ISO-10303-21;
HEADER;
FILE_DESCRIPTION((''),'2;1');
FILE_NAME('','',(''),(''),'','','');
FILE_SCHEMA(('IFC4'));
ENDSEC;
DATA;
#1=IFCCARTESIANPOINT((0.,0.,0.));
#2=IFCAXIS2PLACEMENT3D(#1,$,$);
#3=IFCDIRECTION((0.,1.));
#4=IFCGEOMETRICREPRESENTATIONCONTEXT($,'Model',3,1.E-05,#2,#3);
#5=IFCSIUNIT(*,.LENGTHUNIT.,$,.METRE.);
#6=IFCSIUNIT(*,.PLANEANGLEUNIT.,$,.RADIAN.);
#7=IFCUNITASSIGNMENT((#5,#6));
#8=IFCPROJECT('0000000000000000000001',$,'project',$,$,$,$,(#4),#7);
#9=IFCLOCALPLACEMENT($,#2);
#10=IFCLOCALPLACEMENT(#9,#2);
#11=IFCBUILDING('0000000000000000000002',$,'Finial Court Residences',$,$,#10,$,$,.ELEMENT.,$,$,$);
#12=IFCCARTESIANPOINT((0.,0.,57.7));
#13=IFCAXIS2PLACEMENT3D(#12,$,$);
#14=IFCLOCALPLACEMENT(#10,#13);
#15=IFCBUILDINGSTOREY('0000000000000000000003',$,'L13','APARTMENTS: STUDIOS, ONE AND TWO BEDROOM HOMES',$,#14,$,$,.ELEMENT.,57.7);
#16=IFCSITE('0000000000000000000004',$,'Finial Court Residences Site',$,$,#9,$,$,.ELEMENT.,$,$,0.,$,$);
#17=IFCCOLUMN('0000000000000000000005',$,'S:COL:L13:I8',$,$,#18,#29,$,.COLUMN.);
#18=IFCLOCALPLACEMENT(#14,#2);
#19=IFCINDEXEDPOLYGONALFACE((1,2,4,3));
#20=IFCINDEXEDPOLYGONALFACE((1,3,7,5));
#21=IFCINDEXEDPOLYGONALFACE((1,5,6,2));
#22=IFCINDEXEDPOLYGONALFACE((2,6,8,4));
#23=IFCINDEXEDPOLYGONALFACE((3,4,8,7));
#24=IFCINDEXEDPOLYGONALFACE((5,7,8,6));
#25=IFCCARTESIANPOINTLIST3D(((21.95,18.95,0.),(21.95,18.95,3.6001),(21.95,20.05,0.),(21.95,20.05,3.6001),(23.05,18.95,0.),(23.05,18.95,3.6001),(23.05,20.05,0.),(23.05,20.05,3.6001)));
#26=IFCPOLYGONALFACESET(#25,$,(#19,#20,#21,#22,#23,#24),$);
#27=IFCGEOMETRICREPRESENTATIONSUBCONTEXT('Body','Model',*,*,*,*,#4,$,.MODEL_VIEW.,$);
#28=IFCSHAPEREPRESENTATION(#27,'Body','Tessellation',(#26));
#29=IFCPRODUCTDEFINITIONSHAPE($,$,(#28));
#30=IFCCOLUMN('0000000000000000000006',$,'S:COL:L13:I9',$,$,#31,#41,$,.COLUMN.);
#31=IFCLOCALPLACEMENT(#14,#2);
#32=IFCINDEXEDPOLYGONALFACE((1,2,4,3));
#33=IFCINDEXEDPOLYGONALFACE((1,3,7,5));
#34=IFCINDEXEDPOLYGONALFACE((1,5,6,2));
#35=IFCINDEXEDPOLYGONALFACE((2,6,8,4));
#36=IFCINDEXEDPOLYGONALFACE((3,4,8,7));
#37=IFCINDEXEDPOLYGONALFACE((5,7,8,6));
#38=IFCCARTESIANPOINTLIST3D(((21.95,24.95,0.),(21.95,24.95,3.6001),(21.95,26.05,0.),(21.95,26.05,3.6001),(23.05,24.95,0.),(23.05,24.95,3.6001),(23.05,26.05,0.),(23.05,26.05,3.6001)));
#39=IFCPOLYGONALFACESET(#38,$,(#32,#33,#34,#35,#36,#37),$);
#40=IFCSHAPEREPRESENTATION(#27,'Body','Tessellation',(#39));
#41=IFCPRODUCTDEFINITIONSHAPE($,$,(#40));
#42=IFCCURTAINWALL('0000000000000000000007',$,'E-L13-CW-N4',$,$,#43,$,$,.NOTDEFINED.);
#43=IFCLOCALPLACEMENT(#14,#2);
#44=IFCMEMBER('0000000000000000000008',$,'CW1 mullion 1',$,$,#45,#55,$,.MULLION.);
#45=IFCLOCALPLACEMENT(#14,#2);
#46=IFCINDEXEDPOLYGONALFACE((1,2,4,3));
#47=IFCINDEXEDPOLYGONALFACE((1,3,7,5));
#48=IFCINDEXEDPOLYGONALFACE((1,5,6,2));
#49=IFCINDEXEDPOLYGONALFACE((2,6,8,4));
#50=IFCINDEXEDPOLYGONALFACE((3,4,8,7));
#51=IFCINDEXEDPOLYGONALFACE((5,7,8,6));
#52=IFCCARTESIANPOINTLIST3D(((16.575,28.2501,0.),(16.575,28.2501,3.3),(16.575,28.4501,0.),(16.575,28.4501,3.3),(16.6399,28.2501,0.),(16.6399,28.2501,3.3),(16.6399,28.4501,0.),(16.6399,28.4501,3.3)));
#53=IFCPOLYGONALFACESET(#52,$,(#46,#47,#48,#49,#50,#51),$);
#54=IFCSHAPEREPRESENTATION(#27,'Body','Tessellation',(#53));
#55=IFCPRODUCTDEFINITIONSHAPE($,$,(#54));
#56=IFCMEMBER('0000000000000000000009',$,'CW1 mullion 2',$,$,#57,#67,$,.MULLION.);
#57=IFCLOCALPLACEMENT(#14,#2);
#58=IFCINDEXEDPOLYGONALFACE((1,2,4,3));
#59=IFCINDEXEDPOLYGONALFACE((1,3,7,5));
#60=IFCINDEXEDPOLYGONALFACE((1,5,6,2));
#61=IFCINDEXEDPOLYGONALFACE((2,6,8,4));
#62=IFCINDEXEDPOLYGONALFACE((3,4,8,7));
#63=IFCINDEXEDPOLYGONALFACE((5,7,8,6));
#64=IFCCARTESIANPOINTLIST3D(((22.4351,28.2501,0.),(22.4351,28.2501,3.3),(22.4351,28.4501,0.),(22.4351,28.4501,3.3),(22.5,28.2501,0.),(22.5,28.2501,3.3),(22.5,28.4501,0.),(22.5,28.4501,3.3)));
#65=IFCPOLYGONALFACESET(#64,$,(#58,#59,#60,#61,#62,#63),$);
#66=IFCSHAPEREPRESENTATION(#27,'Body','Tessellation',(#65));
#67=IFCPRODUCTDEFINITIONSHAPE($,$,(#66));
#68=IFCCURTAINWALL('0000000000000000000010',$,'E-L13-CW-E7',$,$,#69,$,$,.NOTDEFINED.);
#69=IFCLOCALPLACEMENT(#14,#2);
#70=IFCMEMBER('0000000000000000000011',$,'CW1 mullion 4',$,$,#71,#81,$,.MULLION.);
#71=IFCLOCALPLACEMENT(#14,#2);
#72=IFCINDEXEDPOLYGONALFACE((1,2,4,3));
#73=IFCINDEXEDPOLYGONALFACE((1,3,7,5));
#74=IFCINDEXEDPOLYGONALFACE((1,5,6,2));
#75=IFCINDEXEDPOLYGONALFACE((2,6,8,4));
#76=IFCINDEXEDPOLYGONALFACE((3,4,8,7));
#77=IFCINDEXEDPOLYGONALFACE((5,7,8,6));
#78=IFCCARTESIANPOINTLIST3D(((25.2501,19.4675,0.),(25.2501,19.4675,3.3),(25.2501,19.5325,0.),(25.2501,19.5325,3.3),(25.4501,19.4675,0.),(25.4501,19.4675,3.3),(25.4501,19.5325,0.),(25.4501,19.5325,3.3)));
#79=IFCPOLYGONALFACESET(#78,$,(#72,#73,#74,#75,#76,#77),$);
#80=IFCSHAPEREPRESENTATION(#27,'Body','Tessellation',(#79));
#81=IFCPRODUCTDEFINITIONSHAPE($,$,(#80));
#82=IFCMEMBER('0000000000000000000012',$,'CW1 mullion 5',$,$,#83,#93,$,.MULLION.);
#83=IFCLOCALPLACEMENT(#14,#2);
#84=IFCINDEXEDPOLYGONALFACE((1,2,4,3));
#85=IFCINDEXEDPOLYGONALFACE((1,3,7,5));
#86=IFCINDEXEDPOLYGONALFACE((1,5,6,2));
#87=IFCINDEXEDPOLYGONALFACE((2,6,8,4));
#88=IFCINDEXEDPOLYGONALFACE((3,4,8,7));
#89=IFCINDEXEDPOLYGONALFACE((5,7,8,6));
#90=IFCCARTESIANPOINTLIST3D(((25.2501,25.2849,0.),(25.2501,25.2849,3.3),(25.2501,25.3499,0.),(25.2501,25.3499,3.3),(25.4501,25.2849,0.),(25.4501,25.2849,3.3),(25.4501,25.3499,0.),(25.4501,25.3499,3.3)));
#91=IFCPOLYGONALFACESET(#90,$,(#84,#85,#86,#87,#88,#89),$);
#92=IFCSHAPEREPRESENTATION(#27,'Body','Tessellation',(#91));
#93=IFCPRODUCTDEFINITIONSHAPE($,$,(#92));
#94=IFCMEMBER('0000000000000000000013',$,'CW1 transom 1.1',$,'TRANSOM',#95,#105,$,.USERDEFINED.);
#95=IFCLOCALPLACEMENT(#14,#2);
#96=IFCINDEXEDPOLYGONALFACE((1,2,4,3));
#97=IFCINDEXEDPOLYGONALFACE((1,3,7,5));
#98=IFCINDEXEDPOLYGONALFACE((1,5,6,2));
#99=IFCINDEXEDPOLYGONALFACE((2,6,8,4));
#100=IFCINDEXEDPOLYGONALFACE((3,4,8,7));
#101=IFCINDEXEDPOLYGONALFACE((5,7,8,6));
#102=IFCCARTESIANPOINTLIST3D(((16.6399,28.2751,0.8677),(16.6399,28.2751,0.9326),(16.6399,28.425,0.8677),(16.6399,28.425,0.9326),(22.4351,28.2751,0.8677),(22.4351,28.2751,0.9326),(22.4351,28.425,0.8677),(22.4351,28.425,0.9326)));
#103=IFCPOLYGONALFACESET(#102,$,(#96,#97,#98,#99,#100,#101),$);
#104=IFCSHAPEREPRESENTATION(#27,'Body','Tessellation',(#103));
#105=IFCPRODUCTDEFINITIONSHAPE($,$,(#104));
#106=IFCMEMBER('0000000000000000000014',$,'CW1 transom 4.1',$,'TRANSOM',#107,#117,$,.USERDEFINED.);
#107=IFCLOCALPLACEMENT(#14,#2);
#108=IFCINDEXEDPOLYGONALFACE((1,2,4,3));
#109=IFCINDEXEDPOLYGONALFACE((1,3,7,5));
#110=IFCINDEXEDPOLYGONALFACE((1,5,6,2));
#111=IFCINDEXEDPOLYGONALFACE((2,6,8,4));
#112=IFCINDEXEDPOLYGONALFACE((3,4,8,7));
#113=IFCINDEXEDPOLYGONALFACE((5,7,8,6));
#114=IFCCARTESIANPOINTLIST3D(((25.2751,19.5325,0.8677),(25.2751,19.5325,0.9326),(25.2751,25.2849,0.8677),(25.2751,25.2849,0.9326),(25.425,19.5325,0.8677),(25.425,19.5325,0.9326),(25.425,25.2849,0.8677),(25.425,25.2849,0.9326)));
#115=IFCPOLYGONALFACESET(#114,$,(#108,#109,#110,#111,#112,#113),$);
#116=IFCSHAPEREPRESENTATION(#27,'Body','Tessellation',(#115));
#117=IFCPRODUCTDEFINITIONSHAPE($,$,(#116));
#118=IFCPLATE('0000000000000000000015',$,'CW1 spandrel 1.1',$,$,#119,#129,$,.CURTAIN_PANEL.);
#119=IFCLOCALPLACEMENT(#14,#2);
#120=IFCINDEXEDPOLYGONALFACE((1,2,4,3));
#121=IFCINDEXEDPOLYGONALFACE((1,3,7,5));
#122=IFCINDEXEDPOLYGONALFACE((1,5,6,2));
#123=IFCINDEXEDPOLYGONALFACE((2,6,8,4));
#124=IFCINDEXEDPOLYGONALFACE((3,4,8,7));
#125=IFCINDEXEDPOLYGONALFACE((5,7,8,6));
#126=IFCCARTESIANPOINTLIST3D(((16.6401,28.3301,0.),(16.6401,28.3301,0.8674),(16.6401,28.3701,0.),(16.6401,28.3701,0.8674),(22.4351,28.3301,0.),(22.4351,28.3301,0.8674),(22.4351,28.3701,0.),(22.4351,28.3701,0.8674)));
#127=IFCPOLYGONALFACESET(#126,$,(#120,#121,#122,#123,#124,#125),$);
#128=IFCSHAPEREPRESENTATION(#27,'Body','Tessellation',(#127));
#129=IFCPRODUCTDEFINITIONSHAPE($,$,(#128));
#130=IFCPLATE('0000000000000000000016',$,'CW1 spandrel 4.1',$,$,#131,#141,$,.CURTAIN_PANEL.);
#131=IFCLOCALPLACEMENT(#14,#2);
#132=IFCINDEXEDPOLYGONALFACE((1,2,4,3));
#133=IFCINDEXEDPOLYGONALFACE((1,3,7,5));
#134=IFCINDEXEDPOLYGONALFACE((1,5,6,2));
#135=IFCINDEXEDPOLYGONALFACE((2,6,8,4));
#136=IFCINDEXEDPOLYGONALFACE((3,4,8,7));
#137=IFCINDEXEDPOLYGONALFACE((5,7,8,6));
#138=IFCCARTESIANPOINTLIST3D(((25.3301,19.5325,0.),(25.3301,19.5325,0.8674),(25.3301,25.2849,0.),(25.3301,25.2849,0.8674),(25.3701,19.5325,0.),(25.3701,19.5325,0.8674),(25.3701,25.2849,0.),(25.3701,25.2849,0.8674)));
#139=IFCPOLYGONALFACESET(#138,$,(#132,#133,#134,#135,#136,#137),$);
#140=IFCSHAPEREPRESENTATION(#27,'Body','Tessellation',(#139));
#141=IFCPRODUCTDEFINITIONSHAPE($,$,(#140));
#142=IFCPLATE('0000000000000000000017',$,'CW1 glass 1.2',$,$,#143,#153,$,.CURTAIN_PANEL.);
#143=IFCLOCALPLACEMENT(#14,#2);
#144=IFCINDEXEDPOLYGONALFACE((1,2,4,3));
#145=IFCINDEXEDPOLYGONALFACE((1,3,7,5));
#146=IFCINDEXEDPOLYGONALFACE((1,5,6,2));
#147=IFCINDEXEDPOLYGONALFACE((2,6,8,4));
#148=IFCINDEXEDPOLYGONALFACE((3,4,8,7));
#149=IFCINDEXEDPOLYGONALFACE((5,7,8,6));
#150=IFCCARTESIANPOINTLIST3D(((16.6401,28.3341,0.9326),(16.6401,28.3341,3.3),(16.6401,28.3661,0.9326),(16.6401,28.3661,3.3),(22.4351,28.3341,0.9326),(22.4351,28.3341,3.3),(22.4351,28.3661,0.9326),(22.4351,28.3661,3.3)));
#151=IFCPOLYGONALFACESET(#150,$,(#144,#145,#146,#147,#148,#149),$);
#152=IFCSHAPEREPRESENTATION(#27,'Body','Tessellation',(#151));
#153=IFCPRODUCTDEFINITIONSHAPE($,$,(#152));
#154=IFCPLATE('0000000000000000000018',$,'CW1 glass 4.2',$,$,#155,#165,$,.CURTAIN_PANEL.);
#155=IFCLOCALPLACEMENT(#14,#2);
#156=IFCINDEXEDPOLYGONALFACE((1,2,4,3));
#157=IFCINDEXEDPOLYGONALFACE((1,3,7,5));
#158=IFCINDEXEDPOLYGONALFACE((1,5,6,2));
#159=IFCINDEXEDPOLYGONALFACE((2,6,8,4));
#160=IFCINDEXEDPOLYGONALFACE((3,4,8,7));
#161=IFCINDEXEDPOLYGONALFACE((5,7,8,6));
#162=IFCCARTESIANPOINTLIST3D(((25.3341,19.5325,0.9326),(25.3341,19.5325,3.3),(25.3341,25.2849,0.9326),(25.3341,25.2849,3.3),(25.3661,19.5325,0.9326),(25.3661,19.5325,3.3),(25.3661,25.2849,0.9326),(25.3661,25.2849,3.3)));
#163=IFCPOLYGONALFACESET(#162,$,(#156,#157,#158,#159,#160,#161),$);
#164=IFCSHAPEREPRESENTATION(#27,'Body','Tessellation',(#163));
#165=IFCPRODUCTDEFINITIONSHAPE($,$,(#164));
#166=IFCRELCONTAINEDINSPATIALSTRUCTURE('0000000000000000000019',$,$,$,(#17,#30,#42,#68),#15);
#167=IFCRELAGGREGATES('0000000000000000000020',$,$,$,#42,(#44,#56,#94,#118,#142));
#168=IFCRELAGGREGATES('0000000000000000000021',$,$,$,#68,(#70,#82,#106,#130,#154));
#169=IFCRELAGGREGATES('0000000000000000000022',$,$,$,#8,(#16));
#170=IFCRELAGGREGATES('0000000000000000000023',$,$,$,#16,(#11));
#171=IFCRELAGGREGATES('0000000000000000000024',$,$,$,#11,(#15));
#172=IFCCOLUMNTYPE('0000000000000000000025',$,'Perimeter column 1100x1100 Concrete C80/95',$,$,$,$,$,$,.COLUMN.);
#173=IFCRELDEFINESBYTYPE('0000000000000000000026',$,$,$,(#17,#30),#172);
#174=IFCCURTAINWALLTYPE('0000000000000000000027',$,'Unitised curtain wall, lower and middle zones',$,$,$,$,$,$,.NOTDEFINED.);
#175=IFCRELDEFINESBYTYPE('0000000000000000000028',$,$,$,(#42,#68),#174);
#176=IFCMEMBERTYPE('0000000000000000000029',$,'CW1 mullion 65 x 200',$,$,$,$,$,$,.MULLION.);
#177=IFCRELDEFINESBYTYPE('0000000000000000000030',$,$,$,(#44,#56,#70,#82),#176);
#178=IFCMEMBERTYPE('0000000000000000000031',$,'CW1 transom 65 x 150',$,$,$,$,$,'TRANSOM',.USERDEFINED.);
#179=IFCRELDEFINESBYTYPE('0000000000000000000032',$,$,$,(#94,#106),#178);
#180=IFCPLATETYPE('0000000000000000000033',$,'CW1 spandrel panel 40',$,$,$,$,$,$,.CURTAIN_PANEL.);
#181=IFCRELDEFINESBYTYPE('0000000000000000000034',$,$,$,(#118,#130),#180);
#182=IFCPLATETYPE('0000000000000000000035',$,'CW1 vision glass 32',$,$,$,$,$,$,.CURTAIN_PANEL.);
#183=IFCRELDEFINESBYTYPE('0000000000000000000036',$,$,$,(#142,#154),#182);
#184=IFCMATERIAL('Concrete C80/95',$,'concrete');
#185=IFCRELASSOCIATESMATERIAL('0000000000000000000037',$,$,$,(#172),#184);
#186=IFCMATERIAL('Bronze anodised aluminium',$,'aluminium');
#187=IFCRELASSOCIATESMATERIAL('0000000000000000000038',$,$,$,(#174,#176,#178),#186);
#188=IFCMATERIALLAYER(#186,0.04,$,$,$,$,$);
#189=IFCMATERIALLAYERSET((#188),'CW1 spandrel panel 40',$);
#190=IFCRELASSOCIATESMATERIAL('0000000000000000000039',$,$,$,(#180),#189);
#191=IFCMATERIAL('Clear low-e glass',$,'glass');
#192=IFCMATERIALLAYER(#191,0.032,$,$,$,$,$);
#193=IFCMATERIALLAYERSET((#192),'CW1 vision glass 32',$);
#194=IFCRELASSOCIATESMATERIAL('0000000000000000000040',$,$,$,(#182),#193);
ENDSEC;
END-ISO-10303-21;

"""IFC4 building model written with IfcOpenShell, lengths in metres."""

from ifc_helpers import new_model, si_unit, direction, frame, origin, origin_2d, place, context, subcontext, project, spatial, rectangle, extrude, material, layer, layer_set, material_profile, profile_set, type_object, element, aggregate, save


model = new_model("IFC4")

# Units and contexts
model_context = context("Model", 3, precision=1e-05, world=origin(), true_north=direction((0.0, 1.0)))
body_context = subcontext(model_context, "Body", "Model", "MODEL_VIEW")
ifc_project = project(units=[si_unit("LENGTHUNIT", "METRE"), si_unit("PLANEANGLEUNIT", "RADIAN")], contexts=[model_context])

# Site, building, storey
site_placement = place(None, origin())
site = spatial("IfcSite", under=ifc_project, at=site_placement, Name="Finial Court Residences Site", CompositionType="ELEMENT", RefElevation=0.0)
building_placement = place(site_placement, origin())
building = spatial("IfcBuilding", under=site, at=building_placement, Name="Finial Court Residences", CompositionType="ELEMENT")
storey_placement = place(building_placement, frame((0.0, 0.0, 57.7)))
storey = spatial("IfcBuildingStorey", under=building, at=storey_placement, Name="L13", Description="APARTMENTS: STUDIOS, ONE AND TWO BEDROOM HOMES", CompositionType="ELEMENT", Elevation=57.7)

# Columns
ifc_material_1 = material(Name="Concrete C80/95", Category="concrete")
ifc_material_profile_1 = material_profile(ifc_material_1, rectangle(XDim=1.1001, YDim=1.1001, at=origin_2d()), Name="1100x1100")
ifc_profile_set_1 = profile_set([ifc_material_profile_1], Name="Concrete C80/95")
column_type = type_object("IfcColumnType", Name="Perimeter column 1100x1100 Concrete C80/95", PredefinedType="COLUMN", material=ifc_profile_set_1)
for number, where, z_axis, x_axis, name in (
    (1, (22.5, 19.5, 0.0), (0.0, 0.0, 1.0), (1.0, 0.0, 0.0), "S:COL:L13:I8"),
    (2, (22.5, 25.5, 0.0), (0.0, 0.0, 1.0), (1.0, 0.0, 0.0), "S:COL:L13:I9"),
):
    element("IfcColumn", number, at=place(storey_placement, frame(where, z_axis=z_axis, x_axis=x_axis)), inside=storey, type_object=column_type, Name=name, PredefinedType="COLUMN", context=body_context, shape_type="SweptSolid", body=[
        extrude(rectangle(XDim=1.1001, YDim=1.1001, at=origin_2d()), origin(), (0.0, 0.0, 1.0), 3.6001),
    ])

# Curtain walls, members
ifc_material_2 = material(Name="Bronze anodised aluminium", Category="aluminium")
curtain_wall_type = type_object("IfcCurtainWallType", Name="Unitised curtain wall, lower and middle zones", PredefinedType="NOTDEFINED", material=ifc_material_2)
curtain_wall_1_placement = place(storey_placement, origin())
curtain_wall_1 = element("IfcCurtainWall", 3, at=curtain_wall_1_placement, inside=storey, type_object=curtain_wall_type, Name="E-L13-CW-N4", PredefinedType="NOTDEFINED")
ifc_material_profile_2 = material_profile(ifc_material_2, rectangle(XDim=0.2, YDim=0.0649, at=origin_2d()), Name="CW1 mullion 65 x 200")
ifc_profile_set_2 = profile_set([ifc_material_profile_2], Name="Bronze anodised aluminium")
member_type_1 = type_object("IfcMemberType", Name="CW1 mullion 65 x 200", PredefinedType="MULLION", material=ifc_profile_set_2)
member_1_placement = place(storey_placement, frame((16.6074, 28.3501, 0.0), z_axis=(0.0, 0.0, 1.0), x_axis=(0.0, 1.0, 0.0)))
member_1 = element("IfcMember", 4, at=member_1_placement, type_object=member_type_1, Name="CW1 mullion 1", PredefinedType="MULLION", context=body_context, shape_type="SweptSolid", body=[
    extrude(rectangle(XDim=0.2, YDim=0.0649, at=origin_2d()), origin(), (0.0, 0.0, 1.0), 3.3),
])
member_2_placement = place(storey_placement, frame((22.4675, 28.3501, 0.0), z_axis=(0.0, 0.0, 1.0), x_axis=(0.0, 1.0, 0.0)))
member_2 = element("IfcMember", 5, at=member_2_placement, type_object=member_type_1, Name="CW1 mullion 2", PredefinedType="MULLION", context=body_context, shape_type="SweptSolid", body=[
    extrude(rectangle(XDim=0.2, YDim=0.0649, at=origin_2d()), origin(), (0.0, 0.0, 1.0), 3.3),
])
curtain_wall_2_placement = place(storey_placement, origin())
curtain_wall_2 = element("IfcCurtainWall", 6, at=curtain_wall_2_placement, inside=storey, type_object=curtain_wall_type, Name="E-L13-CW-E7", PredefinedType="NOTDEFINED")
member_3_placement = place(storey_placement, frame((25.3501, 19.5, 0.0), z_axis=(0.0, 0.0, 1.0), x_axis=(-1.0, 0.0, 0.0)))
member_3 = element("IfcMember", 7, at=member_3_placement, type_object=member_type_1, Name="CW1 mullion 4", PredefinedType="MULLION", context=body_context, shape_type="SweptSolid", body=[
    extrude(rectangle(XDim=0.2, YDim=0.0649, at=origin_2d()), origin(), (0.0, 0.0, 1.0), 3.3),
])
member_4_placement = place(storey_placement, frame((25.3501, 25.3174, 0.0), z_axis=(0.0, 0.0, 1.0), x_axis=(-1.0, 0.0, 0.0)))
member_4 = element("IfcMember", 8, at=member_4_placement, type_object=member_type_1, Name="CW1 mullion 5", PredefinedType="MULLION", context=body_context, shape_type="SweptSolid", body=[
    extrude(rectangle(XDim=0.2, YDim=0.0649, at=origin_2d()), origin(), (0.0, 0.0, 1.0), 3.3),
])

# Members
ifc_material_profile_3 = material_profile(ifc_material_2, rectangle(XDim=0.1499, YDim=0.0649, at=origin_2d()), Name="CW1 transom 65 x 150")
ifc_profile_set_3 = profile_set([ifc_material_profile_3], Name="Bronze anodised aluminium")
member_type_2 = type_object("IfcMemberType", Name="CW1 transom 65 x 150", ElementType="TRANSOM", PredefinedType="USERDEFINED", material=ifc_profile_set_3)
member_5_placement = place(storey_placement, frame((16.6399, 28.3501, 0.9001), z_axis=(1.0, 0.0, 0.0), x_axis=(0.0, 1.0, 0.0)))
member_5 = element("IfcMember", 9, at=member_5_placement, type_object=member_type_2, Name="CW1 transom 1.1", ObjectType="TRANSOM", PredefinedType="USERDEFINED", context=body_context, shape_type="SweptSolid", body=[
    extrude(rectangle(XDim=0.1499, YDim=0.0649, at=origin_2d()), origin(), (0.0, 0.0, 1.0), 5.7952),
])
member_6_placement = place(storey_placement, frame((25.3501, 19.5325, 0.9001), z_axis=(0.0, 1.0, 0.0), x_axis=(-1.0, 0.0, 0.0)))
member_6 = element("IfcMember", 10, at=member_6_placement, type_object=member_type_2, Name="CW1 transom 4.1", ObjectType="TRANSOM", PredefinedType="USERDEFINED", context=body_context, shape_type="SweptSolid", body=[
    extrude(rectangle(XDim=0.1499, YDim=0.0649, at=origin_2d()), origin(), (0.0, 0.0, 1.0), 5.7524),
])

# Plates
ifc_layer_1 = layer(ifc_material_2, 0.04)
ifc_layer_set_1 = layer_set([ifc_layer_1], Name="CW1 spandrel panel 40")
plate_type_1 = type_object("IfcPlateType", Name="CW1 spandrel panel 40", PredefinedType="CURTAIN_PANEL", material=ifc_layer_set_1)
plate_1_placement = place(storey_placement, frame((19.5376, 28.3501, 0.0), z_axis=(0.0, 0.0, 1.0), x_axis=(1.0, 0.0, 0.0)))
plate_1 = element("IfcPlate", 11, at=plate_1_placement, type_object=plate_type_1, Name="CW1 spandrel 1.1", PredefinedType="CURTAIN_PANEL", context=body_context, shape_type="SweptSolid", body=[
    extrude(rectangle(XDim=5.7949, YDim=0.04, at=origin_2d()), origin(), (0.0, 0.0, 1.0), 0.8674),
])
plate_2_placement = place(storey_placement, frame((25.3501, 22.4087, 0.0), z_axis=(0.0, 0.0, 1.0), x_axis=(0.0, 1.0, 0.0)))
plate_2 = element("IfcPlate", 12, at=plate_2_placement, type_object=plate_type_1, Name="CW1 spandrel 4.1", PredefinedType="CURTAIN_PANEL", context=body_context, shape_type="SweptSolid", body=[
    extrude(rectangle(XDim=5.7524, YDim=0.04, at=origin_2d()), origin(), (0.0, 0.0, 1.0), 0.8674),
])
ifc_material_3 = material(Name="Clear low-e glass", Category="glass")
ifc_layer_2 = layer(ifc_material_3, 0.032)
ifc_layer_set_2 = layer_set([ifc_layer_2], Name="CW1 vision glass 32")
plate_type_2 = type_object("IfcPlateType", Name="CW1 vision glass 32", PredefinedType="CURTAIN_PANEL", material=ifc_layer_set_2)
plate_3_placement = place(storey_placement, frame((19.5376, 28.3501, 0.9326), z_axis=(0.0, 0.0, 1.0), x_axis=(1.0, 0.0, 0.0)))
plate_3 = element("IfcPlate", 13, at=plate_3_placement, type_object=plate_type_2, Name="CW1 glass 1.2", PredefinedType="CURTAIN_PANEL", context=body_context, shape_type="SweptSolid", body=[
    extrude(rectangle(XDim=5.7949, YDim=0.032, at=origin_2d()), origin(), (0.0, 0.0, 1.0), 2.3674),
])
aggregate(curtain_wall_1, [member_1, member_2, member_5, plate_1, plate_3])
plate_4_placement = place(storey_placement, frame((25.3501, 22.4087, 0.9326), z_axis=(0.0, 0.0, 1.0), x_axis=(0.0, 1.0, 0.0)))
plate_4 = element("IfcPlate", 14, at=plate_4_placement, type_object=plate_type_2, Name="CW1 glass 4.2", PredefinedType="CURTAIN_PANEL", context=body_context, shape_type="SweptSolid", body=[
    extrude(rectangle(XDim=5.7524, YDim=0.032, at=origin_2d()), origin(), (0.0, 0.0, 1.0), 2.3674),
])
aggregate(curtain_wall_2, [member_3, member_4, member_6, plate_2, plate_4])

save(model, "model.ifc")
